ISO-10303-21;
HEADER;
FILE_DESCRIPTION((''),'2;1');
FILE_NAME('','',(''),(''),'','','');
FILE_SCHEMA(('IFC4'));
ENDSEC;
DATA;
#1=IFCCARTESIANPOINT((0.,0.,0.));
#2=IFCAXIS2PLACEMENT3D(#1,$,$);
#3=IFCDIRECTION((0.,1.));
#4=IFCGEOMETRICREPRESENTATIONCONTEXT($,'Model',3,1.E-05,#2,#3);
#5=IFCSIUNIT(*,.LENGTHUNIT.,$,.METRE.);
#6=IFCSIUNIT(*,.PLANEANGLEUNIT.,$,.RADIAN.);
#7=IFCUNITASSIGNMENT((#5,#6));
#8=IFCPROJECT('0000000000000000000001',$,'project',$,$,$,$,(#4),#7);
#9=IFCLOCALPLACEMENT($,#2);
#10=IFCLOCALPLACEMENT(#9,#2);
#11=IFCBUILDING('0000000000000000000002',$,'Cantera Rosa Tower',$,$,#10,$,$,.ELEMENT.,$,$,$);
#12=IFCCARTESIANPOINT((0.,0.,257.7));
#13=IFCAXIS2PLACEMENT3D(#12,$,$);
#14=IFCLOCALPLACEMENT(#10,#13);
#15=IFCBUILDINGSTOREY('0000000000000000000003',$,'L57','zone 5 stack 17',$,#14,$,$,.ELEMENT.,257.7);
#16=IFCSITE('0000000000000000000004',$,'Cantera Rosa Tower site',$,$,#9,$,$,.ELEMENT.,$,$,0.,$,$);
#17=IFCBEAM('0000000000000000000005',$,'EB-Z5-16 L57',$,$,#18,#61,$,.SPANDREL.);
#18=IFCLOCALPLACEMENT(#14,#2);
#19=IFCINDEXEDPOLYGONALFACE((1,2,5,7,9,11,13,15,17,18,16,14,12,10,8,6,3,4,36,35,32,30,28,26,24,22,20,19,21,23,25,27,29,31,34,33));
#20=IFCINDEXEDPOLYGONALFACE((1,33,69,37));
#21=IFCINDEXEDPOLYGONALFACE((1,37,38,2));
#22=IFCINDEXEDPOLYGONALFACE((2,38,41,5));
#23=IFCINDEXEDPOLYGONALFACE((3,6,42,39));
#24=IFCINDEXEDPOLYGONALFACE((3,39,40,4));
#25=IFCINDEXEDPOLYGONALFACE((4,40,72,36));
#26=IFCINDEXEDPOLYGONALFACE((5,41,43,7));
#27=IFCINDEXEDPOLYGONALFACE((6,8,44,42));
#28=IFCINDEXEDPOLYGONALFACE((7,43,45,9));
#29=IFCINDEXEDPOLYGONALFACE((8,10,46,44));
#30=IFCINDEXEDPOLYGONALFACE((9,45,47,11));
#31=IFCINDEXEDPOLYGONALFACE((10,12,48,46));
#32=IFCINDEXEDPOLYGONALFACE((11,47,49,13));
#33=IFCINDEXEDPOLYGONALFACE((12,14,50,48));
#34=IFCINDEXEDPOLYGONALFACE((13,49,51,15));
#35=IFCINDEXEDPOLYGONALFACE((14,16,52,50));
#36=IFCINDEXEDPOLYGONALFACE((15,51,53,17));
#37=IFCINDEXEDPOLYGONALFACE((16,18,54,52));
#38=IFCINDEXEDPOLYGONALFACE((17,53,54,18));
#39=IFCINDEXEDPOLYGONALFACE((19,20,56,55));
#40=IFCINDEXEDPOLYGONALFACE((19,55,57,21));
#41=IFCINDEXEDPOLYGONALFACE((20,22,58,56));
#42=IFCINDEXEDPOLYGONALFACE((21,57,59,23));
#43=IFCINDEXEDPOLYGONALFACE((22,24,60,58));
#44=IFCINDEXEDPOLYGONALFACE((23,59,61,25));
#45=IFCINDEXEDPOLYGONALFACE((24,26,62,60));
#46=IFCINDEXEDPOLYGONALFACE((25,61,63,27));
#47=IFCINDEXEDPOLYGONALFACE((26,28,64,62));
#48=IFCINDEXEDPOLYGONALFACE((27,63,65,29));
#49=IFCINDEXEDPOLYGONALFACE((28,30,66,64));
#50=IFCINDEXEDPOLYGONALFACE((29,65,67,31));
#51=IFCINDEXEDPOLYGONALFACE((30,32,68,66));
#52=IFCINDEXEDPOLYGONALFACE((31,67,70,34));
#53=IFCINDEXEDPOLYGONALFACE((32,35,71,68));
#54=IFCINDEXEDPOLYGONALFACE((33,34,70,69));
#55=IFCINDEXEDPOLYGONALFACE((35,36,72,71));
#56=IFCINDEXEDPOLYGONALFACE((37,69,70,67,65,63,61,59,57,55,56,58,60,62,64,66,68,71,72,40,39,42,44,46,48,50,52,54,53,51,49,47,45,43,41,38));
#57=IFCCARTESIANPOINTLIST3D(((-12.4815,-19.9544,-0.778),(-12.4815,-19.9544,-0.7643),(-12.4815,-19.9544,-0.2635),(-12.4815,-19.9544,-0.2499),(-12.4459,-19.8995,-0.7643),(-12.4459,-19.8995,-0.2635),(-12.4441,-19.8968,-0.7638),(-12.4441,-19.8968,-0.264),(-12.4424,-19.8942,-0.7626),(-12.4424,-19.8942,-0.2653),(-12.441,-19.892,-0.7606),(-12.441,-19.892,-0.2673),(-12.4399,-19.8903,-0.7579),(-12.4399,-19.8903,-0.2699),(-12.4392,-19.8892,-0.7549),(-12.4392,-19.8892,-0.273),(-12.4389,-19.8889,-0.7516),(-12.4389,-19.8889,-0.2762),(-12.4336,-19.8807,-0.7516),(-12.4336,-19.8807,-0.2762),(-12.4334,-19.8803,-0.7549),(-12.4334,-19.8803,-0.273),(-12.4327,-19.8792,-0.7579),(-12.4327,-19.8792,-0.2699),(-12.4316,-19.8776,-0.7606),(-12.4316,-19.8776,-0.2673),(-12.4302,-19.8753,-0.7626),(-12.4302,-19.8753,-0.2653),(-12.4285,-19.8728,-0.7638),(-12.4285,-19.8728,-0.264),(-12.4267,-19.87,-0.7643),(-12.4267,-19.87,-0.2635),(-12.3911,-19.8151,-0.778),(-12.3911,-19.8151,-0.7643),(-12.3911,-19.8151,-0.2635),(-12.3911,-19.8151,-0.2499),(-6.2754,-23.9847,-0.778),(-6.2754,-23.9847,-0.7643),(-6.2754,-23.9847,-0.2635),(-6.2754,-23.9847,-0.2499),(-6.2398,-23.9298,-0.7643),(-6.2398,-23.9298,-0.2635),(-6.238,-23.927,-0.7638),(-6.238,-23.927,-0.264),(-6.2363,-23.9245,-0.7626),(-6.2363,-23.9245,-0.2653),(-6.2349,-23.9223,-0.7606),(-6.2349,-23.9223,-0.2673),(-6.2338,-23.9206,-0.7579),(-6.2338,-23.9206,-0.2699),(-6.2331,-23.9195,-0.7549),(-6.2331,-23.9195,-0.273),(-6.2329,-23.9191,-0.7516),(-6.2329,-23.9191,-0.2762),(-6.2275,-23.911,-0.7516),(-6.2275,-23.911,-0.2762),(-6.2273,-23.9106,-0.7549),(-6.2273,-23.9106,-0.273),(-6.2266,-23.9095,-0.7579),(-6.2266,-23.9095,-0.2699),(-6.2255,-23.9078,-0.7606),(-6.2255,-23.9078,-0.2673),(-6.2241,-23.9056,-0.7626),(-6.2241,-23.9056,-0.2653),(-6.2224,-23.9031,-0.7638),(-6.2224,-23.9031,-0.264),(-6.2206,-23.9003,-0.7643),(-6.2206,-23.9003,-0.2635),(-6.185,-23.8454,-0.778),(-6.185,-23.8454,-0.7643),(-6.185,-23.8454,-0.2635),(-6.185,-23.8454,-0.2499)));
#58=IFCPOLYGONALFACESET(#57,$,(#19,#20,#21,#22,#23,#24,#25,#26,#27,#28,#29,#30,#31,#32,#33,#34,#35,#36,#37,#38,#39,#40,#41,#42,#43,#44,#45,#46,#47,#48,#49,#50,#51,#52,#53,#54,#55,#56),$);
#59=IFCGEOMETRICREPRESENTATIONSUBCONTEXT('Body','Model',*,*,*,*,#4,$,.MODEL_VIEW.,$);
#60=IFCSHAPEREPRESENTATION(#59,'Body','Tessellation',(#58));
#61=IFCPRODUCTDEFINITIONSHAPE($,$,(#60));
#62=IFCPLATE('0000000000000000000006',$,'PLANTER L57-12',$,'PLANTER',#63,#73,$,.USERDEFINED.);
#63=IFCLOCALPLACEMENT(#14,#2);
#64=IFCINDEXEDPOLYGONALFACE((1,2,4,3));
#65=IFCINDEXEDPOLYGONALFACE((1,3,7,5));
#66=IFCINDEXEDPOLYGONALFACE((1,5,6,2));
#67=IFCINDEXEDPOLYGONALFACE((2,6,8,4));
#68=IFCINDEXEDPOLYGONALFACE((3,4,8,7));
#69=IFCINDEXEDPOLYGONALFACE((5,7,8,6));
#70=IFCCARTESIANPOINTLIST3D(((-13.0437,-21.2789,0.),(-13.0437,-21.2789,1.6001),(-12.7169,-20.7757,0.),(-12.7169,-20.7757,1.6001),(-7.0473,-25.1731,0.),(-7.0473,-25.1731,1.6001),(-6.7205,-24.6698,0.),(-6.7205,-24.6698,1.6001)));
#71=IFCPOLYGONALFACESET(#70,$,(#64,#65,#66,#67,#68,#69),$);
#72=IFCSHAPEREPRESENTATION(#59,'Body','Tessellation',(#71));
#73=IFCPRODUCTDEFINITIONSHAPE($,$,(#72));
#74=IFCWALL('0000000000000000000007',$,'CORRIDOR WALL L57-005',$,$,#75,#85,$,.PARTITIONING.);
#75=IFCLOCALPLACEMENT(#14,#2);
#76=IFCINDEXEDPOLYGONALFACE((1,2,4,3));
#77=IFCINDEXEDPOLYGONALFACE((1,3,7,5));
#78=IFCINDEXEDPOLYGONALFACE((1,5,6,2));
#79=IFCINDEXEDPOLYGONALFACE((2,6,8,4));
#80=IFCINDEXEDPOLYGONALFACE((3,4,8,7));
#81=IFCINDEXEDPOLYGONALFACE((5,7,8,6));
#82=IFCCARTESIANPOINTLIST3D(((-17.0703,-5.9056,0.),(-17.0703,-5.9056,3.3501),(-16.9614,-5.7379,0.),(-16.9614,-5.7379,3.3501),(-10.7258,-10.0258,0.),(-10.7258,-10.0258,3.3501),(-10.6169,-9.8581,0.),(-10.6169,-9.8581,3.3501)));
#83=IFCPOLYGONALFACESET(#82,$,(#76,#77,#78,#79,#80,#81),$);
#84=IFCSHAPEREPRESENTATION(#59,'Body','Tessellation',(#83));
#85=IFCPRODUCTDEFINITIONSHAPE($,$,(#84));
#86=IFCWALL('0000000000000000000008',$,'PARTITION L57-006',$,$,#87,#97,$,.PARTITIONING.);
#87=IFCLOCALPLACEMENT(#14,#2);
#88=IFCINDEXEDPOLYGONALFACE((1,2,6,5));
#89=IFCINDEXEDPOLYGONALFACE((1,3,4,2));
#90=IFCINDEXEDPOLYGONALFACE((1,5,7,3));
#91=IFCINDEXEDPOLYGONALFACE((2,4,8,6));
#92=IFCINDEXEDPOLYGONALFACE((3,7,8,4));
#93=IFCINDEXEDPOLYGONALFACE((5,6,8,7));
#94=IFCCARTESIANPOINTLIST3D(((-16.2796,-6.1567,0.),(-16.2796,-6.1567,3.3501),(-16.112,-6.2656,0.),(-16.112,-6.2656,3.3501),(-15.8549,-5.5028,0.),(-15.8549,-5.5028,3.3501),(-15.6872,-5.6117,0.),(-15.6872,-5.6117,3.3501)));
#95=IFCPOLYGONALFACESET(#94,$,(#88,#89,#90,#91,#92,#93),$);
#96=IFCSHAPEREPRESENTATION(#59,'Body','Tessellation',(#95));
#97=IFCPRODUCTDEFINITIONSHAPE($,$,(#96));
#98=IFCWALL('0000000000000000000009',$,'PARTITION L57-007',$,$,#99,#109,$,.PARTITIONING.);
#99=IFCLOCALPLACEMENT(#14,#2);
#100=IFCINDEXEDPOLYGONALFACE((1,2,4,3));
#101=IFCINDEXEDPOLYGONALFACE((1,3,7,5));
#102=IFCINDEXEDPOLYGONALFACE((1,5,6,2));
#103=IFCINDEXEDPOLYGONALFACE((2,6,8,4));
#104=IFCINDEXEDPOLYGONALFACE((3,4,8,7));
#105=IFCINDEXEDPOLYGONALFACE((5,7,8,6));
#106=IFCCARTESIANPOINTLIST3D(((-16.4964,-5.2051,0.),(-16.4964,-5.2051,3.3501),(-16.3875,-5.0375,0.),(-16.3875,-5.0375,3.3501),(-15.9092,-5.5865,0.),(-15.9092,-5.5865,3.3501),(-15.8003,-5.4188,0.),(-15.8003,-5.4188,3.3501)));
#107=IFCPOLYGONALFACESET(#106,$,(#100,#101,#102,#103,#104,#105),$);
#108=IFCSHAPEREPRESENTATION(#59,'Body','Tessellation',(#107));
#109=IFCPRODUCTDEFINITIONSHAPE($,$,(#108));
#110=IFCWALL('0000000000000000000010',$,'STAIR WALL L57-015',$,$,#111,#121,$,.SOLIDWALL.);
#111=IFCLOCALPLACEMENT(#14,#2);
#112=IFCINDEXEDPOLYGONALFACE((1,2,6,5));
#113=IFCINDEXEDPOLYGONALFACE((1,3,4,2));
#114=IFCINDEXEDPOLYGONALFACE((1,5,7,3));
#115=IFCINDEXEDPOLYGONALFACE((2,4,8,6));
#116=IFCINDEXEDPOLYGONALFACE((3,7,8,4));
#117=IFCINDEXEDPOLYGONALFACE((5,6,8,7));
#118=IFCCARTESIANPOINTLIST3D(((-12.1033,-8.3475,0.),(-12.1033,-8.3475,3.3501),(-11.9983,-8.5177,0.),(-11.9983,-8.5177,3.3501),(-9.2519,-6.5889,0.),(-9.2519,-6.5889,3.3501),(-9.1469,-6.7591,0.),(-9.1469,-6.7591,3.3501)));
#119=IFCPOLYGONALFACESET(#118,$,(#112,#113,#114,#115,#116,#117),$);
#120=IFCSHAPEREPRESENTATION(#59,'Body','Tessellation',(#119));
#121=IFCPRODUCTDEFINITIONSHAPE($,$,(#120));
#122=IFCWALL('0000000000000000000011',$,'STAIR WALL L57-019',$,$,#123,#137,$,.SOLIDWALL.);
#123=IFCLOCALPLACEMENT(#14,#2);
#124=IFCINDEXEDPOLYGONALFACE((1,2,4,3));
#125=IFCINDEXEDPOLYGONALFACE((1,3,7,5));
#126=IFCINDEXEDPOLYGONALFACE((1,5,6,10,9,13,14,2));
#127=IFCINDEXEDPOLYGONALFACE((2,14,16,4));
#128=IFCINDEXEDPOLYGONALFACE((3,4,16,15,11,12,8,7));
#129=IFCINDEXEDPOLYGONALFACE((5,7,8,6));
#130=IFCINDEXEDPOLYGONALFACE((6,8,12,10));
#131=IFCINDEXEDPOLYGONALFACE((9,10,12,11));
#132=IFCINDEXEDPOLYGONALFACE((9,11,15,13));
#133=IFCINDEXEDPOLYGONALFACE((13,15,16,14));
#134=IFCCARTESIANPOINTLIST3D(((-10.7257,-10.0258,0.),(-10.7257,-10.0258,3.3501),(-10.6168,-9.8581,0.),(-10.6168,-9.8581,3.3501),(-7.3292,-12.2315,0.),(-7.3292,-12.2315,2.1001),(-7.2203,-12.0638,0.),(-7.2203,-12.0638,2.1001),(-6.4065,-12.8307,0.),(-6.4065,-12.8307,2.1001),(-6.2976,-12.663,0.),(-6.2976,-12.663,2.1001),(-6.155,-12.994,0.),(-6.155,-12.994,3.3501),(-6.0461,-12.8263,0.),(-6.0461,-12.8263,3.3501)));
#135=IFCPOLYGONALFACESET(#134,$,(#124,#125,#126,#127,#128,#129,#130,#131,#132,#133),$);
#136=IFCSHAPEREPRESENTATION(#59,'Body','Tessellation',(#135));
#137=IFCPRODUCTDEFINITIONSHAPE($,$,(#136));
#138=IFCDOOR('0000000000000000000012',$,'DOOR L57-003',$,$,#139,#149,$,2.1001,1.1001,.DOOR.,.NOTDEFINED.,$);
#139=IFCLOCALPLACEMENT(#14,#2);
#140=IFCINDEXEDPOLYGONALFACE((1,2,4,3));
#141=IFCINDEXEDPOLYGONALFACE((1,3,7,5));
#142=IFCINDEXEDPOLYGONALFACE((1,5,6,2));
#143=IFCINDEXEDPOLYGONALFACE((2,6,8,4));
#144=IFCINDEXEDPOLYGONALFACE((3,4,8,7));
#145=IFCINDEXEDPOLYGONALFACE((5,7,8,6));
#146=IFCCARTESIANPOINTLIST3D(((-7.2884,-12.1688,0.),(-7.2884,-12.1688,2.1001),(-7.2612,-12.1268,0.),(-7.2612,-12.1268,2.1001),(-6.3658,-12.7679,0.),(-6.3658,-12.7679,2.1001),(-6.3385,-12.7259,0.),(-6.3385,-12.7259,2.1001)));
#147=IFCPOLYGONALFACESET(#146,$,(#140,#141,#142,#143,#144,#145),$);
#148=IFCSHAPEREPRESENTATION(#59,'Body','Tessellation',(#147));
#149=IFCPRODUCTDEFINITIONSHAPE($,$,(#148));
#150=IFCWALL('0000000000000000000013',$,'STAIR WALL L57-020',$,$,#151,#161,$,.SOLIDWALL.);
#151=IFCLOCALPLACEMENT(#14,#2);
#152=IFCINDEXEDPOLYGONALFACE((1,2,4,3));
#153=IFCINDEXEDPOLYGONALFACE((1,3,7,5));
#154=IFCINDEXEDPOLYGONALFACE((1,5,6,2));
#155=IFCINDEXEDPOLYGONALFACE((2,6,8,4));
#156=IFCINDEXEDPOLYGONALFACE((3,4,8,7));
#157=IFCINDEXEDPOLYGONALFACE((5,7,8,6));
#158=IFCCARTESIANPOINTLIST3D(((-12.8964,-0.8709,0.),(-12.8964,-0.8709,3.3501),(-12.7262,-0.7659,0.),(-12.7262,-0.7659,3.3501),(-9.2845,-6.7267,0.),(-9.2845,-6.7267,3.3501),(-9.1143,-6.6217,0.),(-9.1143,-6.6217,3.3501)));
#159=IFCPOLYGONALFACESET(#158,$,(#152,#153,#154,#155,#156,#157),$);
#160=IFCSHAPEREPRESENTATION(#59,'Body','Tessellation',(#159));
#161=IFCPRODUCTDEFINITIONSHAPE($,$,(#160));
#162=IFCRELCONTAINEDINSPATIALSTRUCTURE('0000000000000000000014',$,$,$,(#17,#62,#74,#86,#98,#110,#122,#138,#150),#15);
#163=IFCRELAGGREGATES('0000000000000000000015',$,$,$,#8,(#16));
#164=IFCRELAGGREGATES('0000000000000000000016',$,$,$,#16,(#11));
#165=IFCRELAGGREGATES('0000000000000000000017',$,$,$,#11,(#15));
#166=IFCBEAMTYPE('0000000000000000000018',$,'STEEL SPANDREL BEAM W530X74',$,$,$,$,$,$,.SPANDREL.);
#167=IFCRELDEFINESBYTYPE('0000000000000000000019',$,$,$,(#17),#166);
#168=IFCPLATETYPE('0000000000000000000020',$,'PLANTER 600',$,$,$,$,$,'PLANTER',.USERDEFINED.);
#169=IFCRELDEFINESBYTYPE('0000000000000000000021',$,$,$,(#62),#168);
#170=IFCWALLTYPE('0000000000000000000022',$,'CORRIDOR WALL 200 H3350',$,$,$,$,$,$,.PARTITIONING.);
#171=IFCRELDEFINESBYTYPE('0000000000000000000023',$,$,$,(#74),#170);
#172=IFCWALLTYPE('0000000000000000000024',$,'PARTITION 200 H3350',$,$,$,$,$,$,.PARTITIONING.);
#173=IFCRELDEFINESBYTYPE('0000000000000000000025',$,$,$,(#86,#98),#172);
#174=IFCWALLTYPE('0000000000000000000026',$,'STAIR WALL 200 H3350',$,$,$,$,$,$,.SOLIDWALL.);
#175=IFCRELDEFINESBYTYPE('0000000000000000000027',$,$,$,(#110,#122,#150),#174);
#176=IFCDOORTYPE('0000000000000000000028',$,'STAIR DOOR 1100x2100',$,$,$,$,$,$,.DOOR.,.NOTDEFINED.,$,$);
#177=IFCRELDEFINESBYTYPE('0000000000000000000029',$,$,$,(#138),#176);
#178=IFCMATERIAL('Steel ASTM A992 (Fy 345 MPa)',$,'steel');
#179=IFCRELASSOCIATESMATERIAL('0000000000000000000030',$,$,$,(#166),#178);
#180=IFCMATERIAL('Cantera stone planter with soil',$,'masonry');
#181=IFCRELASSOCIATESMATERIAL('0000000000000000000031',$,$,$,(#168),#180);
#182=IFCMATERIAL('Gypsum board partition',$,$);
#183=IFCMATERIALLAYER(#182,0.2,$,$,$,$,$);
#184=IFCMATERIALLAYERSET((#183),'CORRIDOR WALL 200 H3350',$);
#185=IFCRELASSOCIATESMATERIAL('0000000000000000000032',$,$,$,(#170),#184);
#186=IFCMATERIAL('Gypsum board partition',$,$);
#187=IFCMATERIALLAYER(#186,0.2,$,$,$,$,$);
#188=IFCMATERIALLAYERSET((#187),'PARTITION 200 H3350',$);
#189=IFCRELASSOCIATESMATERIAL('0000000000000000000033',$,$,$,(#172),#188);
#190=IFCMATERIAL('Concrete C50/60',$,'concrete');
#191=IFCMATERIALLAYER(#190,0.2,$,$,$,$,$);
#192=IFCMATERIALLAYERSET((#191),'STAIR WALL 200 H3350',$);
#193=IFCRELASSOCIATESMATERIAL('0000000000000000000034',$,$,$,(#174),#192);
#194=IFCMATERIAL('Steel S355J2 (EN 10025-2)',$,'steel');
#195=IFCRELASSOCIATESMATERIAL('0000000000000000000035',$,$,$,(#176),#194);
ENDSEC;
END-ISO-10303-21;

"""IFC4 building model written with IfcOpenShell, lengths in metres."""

from ifc_helpers import new_model, si_unit, direction, frame, frame_2d, origin, origin_2d, place, context, subcontext, project, spatial, rectangle, i_section, extrude, material, layer, layer_set, material_profile, profile_set, type_object, element, fill, save


model = new_model("IFC4")

# Units and contexts
model_context = context("Model", 3, precision=1e-05, world=origin(), true_north=direction((0.0, 1.0)))
body_context = subcontext(model_context, "Body", "Model", "MODEL_VIEW")
ifc_project = project(units=[si_unit("LENGTHUNIT", "METRE"), si_unit("PLANEANGLEUNIT", "RADIAN")], contexts=[model_context])

# Site, building, storey
site_placement = place(None, origin())
site = spatial("IfcSite", under=ifc_project, at=site_placement, Name="Cantera Rosa Tower site", CompositionType="ELEMENT", RefElevation=0.0)
building_placement = place(site_placement, origin())
building = spatial("IfcBuilding", under=site, at=building_placement, Name="Cantera Rosa Tower", CompositionType="ELEMENT")
storey_placement = place(building_placement, frame((0.0, 0.0, 257.7)))
storey = spatial("IfcBuildingStorey", under=building, at=storey_placement, Name="L57", Description="zone 5 stack 17", CompositionType="ELEMENT", Elevation=257.7)

# Beam
ifc_material_1 = material(Name="Steel ASTM A992 (Fy 345 MPa)", Category="steel")
ifc_material_profile_1 = material_profile(ifc_material_1, i_section(OverallWidth=0.166, OverallDepth=0.5281, WebThickness=0.0098, FlangeThickness=0.0137, FilletRadius=0.0127, at=origin_2d()), Name="W530X74")
ifc_profile_set_1 = profile_set([ifc_material_profile_1], Name="Steel ASTM A992 (Fy 345 MPa)")
beam_type_1 = type_object("IfcBeamType", Name="STEEL SPANDREL BEAM W530X74", PredefinedType="SPANDREL", material=ifc_profile_set_1)
beam_1_placement = place(storey_placement, frame((-12.4363, -19.8848, -0.5139), z_axis=(0.83867, -0.54464, 0.0), x_axis=(0.54464, 0.83867, 0.0)))
element("IfcBeam", 1, at=beam_1_placement, inside=storey, type_object=beam_type_1, Name="EB-Z5-16 L57", PredefinedType="SPANDREL", context=body_context, shape_type="SweptSolid", body=[
    extrude(i_section(OverallWidth=0.166, OverallDepth=0.5281, WebThickness=0.0098, FlangeThickness=0.0137, FilletRadius=0.0127, at=origin_2d()), origin(), (0.0, 0.0, 1.0), 7.3999),
])

# Plate
ifc_material_2 = material(Name="Cantera stone planter with soil", Category="masonry")
plate_type = type_object("IfcPlateType", Name="PLANTER 600", ElementType="PLANTER", PredefinedType="USERDEFINED", material=ifc_material_2)
plate_placement = place(storey_placement, frame((-9.8821, -22.9744, 0.0), z_axis=(0.0, 0.0, 1.0), x_axis=(0.838671, -0.544639, 0.0)))
element("IfcPlate", 2, at=plate_placement, inside=storey, type_object=plate_type, Name="PLANTER L57-12", ObjectType="PLANTER", PredefinedType="USERDEFINED", context=body_context, shape_type="SweptSolid", body=[
    extrude(rectangle(XDim=7.1499, YDim=0.6001, at=origin_2d()), origin(), (0.0, 0.0, 1.0), 1.6001),
])

# Wall
ifc_material_3 = material(Name="Gypsum board partition")
ifc_layer_1 = layer(ifc_material_3, 0.2)
ifc_layer_set_1 = layer_set([ifc_layer_1], Name="CORRIDOR WALL 200 H3350")
wall_type_1 = type_object("IfcWallType", Name="CORRIDOR WALL 200 H3350", PredefinedType="PARTITIONING", material=ifc_layer_set_1)
wall_1_placement = place(storey_placement, frame((-17.0159, -5.8218, 0.0), z_axis=(0.0, 0.0, 1.0), x_axis=(0.838673, -0.544636, 0.0)))
element("IfcWall", 3, at=wall_1_placement, inside=storey, type_object=wall_type_1, Name="CORRIDOR WALL L57-005", PredefinedType="PARTITIONING", context=body_context, shape_type="SweptSolid", body=[
    extrude(rectangle(XDim=7.5649, YDim=0.2, at=frame_2d((3.7825, 0.0))), origin(), (0.0, 0.0, 1.0), 3.3501),
])

# Walls
ifc_material_4 = material(Name="Gypsum board partition")
ifc_layer_2 = layer(ifc_material_4, 0.2)
ifc_layer_set_2 = layer_set([ifc_layer_2], Name="PARTITION 200 H3350")
wall_type_2 = type_object("IfcWallType", Name="PARTITION 200 H3350", PredefinedType="PARTITIONING", material=ifc_layer_set_2)
wall_2_placement = place(storey_placement, frame((-16.1958, -6.2112, 0.0), z_axis=(0.0, 0.0, 1.0), x_axis=(0.544691, 0.838637, 0.0)))
element("IfcWall", 4, at=wall_2_placement, inside=storey, type_object=wall_type_2, Name="PARTITION L57-006", PredefinedType="PARTITIONING", context=body_context, shape_type="SweptSolid", body=[
    extrude(rectangle(XDim=0.7798, YDim=0.2, at=frame_2d((0.3899, 0.0))), origin(), (0.0, 0.0, 1.0), 3.3501),
])
wall_3_placement = place(storey_placement, frame((-15.8547, -5.5027, 0.0), z_axis=(0.0, 0.0, 1.0), x_axis=(-0.838643, 0.544682, 0.0)))
element("IfcWall", 5, at=wall_3_placement, inside=storey, type_object=wall_type_2, Name="PARTITION L57-007", PredefinedType="PARTITIONING", context=body_context, shape_type="SweptSolid", body=[
    extrude(rectangle(XDim=0.7002, YDim=0.2, at=frame_2d((0.3501, 0.0))), origin(), (0.0, 0.0, 1.0), 3.3501),
])
ifc_material_5 = material(Name="Concrete C50/60", Category="concrete")
ifc_layer_3 = layer(ifc_material_5, 0.2)
ifc_layer_set_3 = layer_set([ifc_layer_3], Name="STAIR WALL 200 H3350")
wall_type_3 = type_object("IfcWallType", Name="STAIR WALL 200 H3350", PredefinedType="SOLIDWALL", material=ifc_layer_set_3)
wall_4_placement = place(storey_placement, frame((-12.0508, -8.4326, 0.0), z_axis=(0.0, 0.0, 1.0), x_axis=(0.85114, 0.524939, 0.0)))
element("IfcWall", 6, at=wall_4_placement, inside=storey, type_object=wall_type_3, Name="STAIR WALL L57-015", PredefinedType="SOLIDWALL", context=body_context, shape_type="SweptSolid", body=[
    extrude(rectangle(XDim=3.3501, YDim=0.2, at=frame_2d((1.675, 0.0))), origin(), (0.0, 0.0, 1.0), 3.3501),
])

# Wall, opening, door
wall_5_placement = place(storey_placement, frame((-10.6714, -9.9419, 0.0), z_axis=(0.0, 0.0, 1.0), x_axis=(0.838675, -0.544632, 0.0)))
wall_5 = element("IfcWall", 7, at=wall_5_placement, inside=storey, type_object=wall_type_3, Name="STAIR WALL L57-019", PredefinedType="SOLIDWALL", context=body_context, shape_type="SweptSolid", body=[
    extrude(rectangle(XDim=5.45, YDim=0.2, at=frame_2d((2.7251, 0.0))), origin(), (0.0, 0.0, 1.0), 3.3501),
])
opening_1_placement = place(wall_5_placement, frame((4.05, 0.0, 0.0)))
opening_1 = element("IfcOpeningElement", 8, at=opening_1_placement, cuts=wall_5, PredefinedType="OPENING", context=body_context, shape_type="SweptSolid", body=[
    extrude(rectangle(XDim=1.1001, YDim=2.1001, at=frame_2d((0.55, 1.05))), frame((0.0, 0.1099, 0.0), z_axis=(0.0, -1.0, 0.0), x_axis=(1.0, 0.0, 0.0)), (0.0, 0.0, 1.0), 0.22),
])
ifc_material_6 = material(Name="Steel S355J2 (EN 10025-2)", Category="steel")
door_type_1 = type_object("IfcDoorType", Name="STAIR DOOR 1100x2100", OperationType="NOTDEFINED", PredefinedType="DOOR", material=ifc_material_6)
door_1_placement = place(opening_1_placement, origin())
door_1 = element("IfcDoor", 9, at=door_1_placement, inside=storey, type_object=door_type_1, Name="DOOR L57-003", OperationType="NOTDEFINED", OverallHeight=2.1001, OverallWidth=1.1001, PredefinedType="DOOR", context=body_context, shape_type="SweptSolid", body=[
    extrude(rectangle(XDim=1.1001, YDim=2.1001, at=frame_2d((0.55, 1.05))), frame((0.0, 0.0249, 0.0), z_axis=(0.0, -1.0, 0.0), x_axis=(1.0, 0.0, 0.0)), (0.0, 0.0, 1.0), 0.05),
])
fill(opening_1, door_1)

# Wall
wall_6_placement = place(storey_placement, frame((-9.1995, -6.6741, 0.0), z_axis=(0.0, 0.0, 1.0), x_axis=(-0.524972, 0.851119, 0.0)))
element("IfcWall", 10, at=wall_6_placement, inside=storey, type_object=wall_type_3, Name="STAIR WALL L57-020", PredefinedType="SOLIDWALL", context=body_context, shape_type="SweptSolid", body=[
    extrude(rectangle(XDim=6.8801, YDim=0.2, at=frame_2d((3.4399, 0.0))), origin(), (0.0, 0.0, 1.0), 3.3501),
])

save(model, "model.ifc")
